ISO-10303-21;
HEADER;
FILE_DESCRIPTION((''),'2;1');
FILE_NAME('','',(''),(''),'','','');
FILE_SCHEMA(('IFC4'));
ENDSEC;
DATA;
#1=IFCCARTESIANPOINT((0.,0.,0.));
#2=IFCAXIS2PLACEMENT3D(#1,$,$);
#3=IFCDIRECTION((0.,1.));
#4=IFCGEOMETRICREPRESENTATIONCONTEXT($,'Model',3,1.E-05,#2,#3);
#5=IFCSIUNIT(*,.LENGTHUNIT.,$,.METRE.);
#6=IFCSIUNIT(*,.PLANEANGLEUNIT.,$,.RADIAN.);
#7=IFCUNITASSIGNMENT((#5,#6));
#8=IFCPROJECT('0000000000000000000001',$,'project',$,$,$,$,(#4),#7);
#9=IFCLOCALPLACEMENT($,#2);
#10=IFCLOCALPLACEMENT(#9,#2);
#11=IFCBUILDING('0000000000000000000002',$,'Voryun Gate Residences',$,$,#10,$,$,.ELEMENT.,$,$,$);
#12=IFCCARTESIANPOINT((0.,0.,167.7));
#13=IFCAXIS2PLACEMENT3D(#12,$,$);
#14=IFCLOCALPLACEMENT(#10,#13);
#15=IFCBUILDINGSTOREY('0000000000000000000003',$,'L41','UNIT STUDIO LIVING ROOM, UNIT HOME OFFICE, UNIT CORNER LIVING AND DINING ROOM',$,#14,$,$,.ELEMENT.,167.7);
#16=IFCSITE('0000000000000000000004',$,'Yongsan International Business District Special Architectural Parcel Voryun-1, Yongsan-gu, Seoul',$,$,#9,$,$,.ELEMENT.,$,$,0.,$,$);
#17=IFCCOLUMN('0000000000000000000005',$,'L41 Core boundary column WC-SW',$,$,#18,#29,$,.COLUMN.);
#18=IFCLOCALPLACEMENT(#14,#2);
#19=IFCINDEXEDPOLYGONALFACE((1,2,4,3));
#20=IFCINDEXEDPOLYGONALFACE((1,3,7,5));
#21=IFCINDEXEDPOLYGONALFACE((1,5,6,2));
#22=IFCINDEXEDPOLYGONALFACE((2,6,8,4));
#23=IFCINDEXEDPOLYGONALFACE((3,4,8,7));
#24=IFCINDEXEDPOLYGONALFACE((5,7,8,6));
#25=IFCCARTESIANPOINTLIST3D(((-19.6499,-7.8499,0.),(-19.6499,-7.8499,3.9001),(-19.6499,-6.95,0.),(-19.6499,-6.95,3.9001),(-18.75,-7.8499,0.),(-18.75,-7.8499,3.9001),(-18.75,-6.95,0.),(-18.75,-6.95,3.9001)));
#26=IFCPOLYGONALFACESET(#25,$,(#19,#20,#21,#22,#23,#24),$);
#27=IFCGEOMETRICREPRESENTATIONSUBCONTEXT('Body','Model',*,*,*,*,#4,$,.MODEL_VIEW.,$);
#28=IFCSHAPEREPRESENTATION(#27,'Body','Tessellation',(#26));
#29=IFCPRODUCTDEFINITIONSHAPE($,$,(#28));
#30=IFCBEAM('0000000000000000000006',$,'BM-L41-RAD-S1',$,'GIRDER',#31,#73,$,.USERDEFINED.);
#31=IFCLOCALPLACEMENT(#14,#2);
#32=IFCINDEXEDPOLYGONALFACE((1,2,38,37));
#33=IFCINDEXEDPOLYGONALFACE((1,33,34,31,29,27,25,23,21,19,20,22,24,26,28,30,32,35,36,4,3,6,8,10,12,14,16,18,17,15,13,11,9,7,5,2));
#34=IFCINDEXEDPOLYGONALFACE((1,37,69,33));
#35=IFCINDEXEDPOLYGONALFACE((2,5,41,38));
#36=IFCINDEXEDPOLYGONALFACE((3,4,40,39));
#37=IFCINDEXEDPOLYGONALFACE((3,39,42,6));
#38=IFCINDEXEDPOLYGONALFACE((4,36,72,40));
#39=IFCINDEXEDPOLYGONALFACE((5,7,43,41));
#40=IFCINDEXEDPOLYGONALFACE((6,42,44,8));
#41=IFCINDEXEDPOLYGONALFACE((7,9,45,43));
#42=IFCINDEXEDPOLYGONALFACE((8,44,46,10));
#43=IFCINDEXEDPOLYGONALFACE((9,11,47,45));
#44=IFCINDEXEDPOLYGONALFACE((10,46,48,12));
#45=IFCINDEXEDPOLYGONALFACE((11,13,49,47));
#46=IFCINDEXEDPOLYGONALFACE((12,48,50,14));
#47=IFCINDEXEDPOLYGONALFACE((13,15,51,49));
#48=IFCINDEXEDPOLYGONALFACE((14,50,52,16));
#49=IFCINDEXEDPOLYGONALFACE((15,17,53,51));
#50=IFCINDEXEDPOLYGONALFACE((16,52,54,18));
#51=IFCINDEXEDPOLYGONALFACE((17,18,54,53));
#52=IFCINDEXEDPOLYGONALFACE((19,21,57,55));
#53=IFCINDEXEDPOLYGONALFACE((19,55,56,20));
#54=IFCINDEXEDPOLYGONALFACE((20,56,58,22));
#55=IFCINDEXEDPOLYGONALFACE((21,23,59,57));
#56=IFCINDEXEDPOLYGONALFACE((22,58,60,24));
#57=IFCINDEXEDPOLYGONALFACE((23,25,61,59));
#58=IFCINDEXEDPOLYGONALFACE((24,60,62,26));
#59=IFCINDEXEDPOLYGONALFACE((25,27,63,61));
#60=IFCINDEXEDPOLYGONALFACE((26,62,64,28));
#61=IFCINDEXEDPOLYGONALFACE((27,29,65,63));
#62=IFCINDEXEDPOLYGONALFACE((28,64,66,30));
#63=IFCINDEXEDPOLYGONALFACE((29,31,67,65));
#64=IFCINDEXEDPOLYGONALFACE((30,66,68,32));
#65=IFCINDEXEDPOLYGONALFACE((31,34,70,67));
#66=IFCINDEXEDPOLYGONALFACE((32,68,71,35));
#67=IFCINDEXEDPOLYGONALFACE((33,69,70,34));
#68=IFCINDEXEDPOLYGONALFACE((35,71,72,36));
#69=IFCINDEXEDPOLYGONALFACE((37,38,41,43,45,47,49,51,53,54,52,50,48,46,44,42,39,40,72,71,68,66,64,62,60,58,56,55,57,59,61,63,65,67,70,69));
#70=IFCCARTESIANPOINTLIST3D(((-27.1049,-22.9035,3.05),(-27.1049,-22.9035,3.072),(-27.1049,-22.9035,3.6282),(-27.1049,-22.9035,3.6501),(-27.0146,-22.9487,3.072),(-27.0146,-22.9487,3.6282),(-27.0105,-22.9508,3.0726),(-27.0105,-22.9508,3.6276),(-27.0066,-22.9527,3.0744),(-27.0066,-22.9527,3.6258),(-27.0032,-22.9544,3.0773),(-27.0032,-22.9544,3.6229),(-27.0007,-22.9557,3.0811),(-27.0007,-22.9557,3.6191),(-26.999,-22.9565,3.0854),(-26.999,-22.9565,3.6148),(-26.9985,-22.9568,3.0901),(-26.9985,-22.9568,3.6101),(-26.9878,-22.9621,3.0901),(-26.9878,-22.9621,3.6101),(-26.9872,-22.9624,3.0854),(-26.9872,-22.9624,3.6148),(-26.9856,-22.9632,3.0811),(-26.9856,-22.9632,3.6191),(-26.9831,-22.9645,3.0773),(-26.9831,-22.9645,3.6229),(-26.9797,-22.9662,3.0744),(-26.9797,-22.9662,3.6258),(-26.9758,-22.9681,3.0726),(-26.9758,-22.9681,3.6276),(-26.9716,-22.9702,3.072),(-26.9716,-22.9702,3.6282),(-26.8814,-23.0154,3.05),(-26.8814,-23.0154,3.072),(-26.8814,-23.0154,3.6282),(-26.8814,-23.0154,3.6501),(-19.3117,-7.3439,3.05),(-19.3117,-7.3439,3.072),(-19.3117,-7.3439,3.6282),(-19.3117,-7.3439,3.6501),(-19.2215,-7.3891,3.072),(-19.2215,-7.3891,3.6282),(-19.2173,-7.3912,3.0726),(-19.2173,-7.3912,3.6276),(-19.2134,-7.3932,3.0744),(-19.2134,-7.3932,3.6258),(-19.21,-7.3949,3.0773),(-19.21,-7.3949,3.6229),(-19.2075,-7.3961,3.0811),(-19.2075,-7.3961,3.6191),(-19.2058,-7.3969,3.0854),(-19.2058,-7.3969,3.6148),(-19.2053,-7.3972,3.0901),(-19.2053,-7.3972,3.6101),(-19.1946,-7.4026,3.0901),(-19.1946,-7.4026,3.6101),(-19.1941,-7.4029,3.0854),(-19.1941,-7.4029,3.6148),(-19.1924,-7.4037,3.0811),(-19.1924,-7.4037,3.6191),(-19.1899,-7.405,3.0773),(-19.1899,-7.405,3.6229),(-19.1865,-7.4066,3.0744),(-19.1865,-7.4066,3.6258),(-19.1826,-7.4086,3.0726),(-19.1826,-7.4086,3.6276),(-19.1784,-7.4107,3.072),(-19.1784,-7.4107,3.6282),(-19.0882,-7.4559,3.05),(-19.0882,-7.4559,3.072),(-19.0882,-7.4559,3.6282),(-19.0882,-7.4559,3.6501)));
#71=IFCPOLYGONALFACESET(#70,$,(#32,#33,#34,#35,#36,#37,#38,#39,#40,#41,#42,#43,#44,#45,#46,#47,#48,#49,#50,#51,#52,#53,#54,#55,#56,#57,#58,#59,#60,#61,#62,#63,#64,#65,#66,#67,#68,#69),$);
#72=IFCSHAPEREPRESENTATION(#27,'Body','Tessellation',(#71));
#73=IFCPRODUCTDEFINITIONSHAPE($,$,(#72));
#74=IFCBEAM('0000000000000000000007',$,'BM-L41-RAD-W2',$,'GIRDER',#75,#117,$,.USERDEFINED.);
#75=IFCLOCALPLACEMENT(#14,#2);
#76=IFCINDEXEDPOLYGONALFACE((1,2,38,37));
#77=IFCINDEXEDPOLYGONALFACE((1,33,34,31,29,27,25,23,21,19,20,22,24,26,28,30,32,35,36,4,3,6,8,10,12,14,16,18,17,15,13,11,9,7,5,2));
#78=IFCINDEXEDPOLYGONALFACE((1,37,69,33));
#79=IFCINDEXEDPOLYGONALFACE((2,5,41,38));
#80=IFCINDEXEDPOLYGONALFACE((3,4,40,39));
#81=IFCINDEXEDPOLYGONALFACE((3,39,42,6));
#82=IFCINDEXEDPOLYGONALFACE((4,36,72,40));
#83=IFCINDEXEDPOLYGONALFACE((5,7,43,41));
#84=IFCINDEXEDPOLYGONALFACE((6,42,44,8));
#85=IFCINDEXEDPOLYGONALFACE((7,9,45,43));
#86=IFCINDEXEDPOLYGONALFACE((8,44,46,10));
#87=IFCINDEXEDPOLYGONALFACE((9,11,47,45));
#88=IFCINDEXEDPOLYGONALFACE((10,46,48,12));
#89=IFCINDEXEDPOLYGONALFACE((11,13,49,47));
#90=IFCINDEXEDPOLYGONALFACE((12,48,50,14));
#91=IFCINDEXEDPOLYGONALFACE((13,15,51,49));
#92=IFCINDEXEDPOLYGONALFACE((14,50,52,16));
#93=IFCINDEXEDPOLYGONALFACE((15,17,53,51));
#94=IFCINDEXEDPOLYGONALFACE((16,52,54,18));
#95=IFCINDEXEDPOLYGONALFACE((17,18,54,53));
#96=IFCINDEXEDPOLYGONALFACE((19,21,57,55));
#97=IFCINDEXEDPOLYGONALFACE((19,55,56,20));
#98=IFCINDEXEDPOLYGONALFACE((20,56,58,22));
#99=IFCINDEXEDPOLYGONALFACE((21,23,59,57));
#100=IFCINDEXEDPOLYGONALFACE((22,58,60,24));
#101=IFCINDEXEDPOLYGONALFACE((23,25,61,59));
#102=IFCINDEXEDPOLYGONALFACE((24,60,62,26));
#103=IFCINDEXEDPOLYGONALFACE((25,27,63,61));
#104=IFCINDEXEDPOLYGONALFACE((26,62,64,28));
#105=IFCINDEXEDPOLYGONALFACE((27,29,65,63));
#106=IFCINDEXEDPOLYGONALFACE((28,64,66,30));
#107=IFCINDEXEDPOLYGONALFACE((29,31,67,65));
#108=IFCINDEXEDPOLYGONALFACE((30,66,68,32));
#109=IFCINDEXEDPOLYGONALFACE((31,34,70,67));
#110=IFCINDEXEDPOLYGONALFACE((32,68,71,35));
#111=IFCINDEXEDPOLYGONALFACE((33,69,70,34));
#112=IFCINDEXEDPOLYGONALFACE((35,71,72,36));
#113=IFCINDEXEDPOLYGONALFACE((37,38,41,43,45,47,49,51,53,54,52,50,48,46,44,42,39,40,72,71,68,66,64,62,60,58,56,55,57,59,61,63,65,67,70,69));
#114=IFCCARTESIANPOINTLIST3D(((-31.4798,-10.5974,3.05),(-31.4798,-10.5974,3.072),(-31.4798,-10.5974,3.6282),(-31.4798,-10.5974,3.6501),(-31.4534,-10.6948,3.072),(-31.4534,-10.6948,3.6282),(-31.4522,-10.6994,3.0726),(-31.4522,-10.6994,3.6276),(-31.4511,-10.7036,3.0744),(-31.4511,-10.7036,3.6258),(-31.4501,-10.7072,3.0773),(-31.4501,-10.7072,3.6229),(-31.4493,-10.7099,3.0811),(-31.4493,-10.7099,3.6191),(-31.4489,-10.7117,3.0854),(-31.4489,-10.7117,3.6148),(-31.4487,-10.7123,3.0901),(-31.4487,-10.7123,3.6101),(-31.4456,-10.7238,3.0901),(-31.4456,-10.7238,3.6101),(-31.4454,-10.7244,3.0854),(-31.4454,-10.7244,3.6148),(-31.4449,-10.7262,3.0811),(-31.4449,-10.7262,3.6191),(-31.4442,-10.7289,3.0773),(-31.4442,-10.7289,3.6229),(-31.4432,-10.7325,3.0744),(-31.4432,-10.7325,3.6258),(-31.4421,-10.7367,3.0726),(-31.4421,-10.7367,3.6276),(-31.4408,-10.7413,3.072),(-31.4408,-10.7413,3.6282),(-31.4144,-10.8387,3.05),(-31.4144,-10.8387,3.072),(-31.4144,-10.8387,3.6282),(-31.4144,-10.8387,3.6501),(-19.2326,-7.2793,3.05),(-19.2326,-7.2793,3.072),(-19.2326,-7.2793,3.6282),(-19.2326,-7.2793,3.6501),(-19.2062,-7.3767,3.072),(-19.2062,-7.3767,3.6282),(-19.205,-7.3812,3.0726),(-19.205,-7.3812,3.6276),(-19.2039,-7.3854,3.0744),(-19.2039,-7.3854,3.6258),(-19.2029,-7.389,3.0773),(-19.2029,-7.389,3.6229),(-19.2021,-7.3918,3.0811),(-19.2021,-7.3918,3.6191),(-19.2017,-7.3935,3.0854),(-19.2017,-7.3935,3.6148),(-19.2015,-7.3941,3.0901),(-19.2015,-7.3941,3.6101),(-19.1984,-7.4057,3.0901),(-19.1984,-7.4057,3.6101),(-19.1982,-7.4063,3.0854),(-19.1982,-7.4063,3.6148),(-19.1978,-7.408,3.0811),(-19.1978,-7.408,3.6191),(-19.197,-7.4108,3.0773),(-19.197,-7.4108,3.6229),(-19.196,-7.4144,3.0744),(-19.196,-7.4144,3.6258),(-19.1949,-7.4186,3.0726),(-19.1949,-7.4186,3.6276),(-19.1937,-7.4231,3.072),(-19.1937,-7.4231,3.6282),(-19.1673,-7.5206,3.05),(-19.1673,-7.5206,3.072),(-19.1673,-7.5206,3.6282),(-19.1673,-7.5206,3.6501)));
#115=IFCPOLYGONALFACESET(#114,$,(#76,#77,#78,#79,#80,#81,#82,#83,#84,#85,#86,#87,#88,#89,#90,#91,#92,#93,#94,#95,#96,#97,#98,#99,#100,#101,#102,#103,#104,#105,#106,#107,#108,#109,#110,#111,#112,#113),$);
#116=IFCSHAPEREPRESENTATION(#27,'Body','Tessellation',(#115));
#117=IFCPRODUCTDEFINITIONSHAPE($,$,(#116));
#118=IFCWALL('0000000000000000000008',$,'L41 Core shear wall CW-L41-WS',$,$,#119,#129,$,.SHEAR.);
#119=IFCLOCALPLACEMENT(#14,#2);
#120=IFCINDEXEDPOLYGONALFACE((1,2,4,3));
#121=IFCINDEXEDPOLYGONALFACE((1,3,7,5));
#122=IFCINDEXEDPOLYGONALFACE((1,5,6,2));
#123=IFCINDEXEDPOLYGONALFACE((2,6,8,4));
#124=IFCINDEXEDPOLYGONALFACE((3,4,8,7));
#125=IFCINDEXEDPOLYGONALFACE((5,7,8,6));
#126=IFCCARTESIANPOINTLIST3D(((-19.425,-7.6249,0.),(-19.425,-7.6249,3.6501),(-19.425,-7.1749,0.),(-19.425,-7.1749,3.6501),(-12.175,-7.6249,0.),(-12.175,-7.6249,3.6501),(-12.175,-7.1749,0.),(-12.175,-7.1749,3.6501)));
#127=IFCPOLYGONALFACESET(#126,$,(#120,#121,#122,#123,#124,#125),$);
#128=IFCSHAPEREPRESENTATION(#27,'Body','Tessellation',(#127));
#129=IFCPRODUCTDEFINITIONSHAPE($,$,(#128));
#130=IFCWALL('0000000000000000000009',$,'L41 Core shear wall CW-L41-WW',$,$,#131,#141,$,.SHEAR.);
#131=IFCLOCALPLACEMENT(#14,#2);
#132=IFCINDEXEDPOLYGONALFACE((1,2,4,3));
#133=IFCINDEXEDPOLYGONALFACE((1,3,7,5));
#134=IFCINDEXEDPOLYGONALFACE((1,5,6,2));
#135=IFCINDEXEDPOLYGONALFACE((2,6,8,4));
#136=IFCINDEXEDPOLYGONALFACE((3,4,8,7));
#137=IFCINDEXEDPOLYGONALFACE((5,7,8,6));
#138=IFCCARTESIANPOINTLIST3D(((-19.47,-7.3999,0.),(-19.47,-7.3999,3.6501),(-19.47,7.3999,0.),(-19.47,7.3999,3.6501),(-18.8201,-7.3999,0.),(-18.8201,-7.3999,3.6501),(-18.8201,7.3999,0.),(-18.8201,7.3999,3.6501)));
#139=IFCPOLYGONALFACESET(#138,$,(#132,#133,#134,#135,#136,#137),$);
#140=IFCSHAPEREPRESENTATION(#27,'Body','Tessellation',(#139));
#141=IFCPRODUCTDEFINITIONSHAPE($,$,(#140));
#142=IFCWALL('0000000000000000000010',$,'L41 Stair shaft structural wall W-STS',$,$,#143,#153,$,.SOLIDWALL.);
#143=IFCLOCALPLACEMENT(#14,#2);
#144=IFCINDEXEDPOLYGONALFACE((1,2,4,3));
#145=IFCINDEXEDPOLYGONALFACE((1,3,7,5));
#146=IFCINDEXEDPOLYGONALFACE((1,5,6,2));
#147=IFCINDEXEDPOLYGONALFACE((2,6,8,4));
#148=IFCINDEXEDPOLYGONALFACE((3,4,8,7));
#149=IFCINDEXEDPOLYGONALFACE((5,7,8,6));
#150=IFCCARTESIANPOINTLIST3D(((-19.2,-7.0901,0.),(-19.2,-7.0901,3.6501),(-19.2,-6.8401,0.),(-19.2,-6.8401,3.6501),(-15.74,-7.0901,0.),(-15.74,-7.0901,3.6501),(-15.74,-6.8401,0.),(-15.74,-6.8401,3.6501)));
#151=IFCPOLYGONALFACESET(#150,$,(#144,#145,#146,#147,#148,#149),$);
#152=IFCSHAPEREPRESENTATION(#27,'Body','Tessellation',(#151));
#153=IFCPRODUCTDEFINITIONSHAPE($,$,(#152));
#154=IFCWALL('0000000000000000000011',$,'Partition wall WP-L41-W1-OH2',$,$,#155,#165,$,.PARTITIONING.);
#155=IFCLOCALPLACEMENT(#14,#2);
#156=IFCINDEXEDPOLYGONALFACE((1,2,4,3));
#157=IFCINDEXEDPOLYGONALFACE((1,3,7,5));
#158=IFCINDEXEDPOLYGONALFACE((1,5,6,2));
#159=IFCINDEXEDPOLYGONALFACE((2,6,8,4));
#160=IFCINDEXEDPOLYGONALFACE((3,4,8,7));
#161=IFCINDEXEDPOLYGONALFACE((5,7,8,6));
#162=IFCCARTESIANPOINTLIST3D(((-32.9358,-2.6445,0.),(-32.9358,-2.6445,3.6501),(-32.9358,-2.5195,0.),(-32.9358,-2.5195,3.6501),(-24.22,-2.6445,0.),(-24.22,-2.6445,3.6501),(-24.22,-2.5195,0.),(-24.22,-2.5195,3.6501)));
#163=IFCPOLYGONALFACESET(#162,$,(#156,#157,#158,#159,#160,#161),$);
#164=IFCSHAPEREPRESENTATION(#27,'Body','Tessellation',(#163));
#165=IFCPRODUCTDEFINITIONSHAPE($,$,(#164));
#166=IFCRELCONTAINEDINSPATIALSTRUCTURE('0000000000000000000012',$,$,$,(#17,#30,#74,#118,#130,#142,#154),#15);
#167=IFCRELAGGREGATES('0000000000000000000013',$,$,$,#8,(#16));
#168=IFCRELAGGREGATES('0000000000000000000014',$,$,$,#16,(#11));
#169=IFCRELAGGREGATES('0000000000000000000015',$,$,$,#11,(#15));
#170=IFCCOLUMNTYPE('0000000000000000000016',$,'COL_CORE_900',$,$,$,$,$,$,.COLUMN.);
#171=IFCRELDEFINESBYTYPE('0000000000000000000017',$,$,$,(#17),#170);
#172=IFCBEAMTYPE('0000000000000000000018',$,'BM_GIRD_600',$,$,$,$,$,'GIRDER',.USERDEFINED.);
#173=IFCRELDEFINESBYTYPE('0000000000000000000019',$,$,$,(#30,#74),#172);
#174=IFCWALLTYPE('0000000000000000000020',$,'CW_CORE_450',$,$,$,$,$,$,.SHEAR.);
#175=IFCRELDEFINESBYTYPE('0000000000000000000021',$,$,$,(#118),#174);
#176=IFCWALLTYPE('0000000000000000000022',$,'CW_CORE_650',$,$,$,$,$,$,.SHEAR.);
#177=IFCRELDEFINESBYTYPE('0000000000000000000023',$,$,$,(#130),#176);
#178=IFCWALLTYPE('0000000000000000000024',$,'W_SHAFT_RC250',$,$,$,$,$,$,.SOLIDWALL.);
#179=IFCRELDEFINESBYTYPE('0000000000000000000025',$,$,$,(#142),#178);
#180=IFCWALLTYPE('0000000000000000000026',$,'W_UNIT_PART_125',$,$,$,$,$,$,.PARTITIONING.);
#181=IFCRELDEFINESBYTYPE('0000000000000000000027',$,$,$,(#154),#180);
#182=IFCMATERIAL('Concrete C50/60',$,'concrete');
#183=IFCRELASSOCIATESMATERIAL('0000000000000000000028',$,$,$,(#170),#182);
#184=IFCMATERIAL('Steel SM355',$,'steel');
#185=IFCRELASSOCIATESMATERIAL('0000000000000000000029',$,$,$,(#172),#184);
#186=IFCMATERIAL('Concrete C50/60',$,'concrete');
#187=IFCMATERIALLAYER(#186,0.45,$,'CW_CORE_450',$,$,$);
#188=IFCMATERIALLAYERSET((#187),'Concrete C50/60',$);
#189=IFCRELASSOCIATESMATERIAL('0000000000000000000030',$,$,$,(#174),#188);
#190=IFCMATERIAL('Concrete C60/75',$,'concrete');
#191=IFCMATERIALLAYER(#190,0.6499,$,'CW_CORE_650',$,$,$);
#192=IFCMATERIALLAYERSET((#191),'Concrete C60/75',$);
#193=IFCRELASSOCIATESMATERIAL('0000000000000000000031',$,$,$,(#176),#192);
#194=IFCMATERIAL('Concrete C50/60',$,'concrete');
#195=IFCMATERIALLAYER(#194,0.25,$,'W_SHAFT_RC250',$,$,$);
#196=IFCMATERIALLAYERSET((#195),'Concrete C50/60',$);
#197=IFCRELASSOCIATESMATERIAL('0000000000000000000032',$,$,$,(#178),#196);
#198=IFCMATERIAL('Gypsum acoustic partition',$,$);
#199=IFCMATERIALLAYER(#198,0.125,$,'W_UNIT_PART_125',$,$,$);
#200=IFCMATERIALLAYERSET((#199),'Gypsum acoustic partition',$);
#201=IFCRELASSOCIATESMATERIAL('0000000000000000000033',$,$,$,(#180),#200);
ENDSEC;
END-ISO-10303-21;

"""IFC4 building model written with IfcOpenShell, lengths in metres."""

from ifc_helpers import new_model, si_unit, direction, frame, frame_2d, origin, origin_2d, place, context, subcontext, project, spatial, rectangle, i_section, extrude, material, layer, layer_set, material_profile, profile_set, type_object, element, save


model = new_model("IFC4")

# Units and contexts
model_context = context("Model", 3, precision=1e-05, world=origin(), true_north=direction((0.0, 1.0)))
body_context = subcontext(model_context, "Body", "Model", "MODEL_VIEW")
ifc_project = project(units=[si_unit("LENGTHUNIT", "METRE"), si_unit("PLANEANGLEUNIT", "RADIAN")], contexts=[model_context])

# Site, building, storey
site_placement = place(None, origin())
site = spatial("IfcSite", under=ifc_project, at=site_placement, Name="Yongsan International Business District Special Architectural Parcel Voryun-1, Yongsan-gu, Seoul", CompositionType="ELEMENT", RefElevation=0.0)
building_placement = place(site_placement, origin())
building = spatial("IfcBuilding", under=site, at=building_placement, Name="Voryun Gate Residences", CompositionType="ELEMENT")
storey_placement = place(building_placement, frame((0.0, 0.0, 167.7)))
storey = spatial("IfcBuildingStorey", under=building, at=storey_placement, Name="L41", Description="UNIT STUDIO LIVING ROOM, UNIT HOME OFFICE, UNIT CORNER LIVING AND DINING ROOM", CompositionType="ELEMENT", Elevation=167.7)

# Column
ifc_material_1 = material(Name="Concrete C50/60", Category="concrete")
ifc_material_profile_1 = material_profile(ifc_material_1, rectangle(XDim=0.8999, YDim=0.8999, at=origin_2d()), Name="RC-900x900")
ifc_profile_set_1 = profile_set([ifc_material_profile_1], Name="Concrete C50/60")
column_type = type_object("IfcColumnType", Name="COL_CORE_900", PredefinedType="COLUMN", material=ifc_profile_set_1)
column_placement = place(storey_placement, frame((-19.2, -7.3999, 0.0), z_axis=(0.0, 0.0, 1.0), x_axis=(1.0, 0.0, 0.0)))
element("IfcColumn", 1, at=column_placement, inside=storey, type_object=column_type, Name="L41 Core boundary column WC-SW", PredefinedType="COLUMN", context=body_context, shape_type="SweptSolid", body=[
    extrude(rectangle(XDim=0.8999, YDim=0.8999, at=origin_2d()), origin(), (0.0, 0.0, 1.0), 3.9001),
])

# Beams
ifc_material_2 = material(Name="Steel SM355", Category="steel")
ifc_material_profile_2 = material_profile(ifc_material_2, i_section(OverallWidth=0.25, OverallDepth=0.6001, WebThickness=0.012, FlangeThickness=0.022, FilletRadius=0.0181, at=origin_2d()), Name="H-600x250x12x22")
ifc_profile_set_2 = profile_set([ifc_material_profile_2], Name="Steel SM355")
beam_type = type_object("IfcBeamType", Name="BM_GIRD_600", ElementType="GIRDER", PredefinedType="USERDEFINED", material=ifc_profile_set_2)
beam_1_placement = place(storey_placement, frame((-19.2, -7.3999, 3.3501), z_axis=(-0.447831, -0.894118, 0.0), x_axis=(0.894118, -0.447831, 0.0)))
element("IfcBeam", 2, at=beam_1_placement, inside=storey, type_object=beam_type, Name="BM-L41-RAD-S1", ObjectType="GIRDER", PredefinedType="USERDEFINED", context=body_context, shape_type="SweptSolid", body=[
    extrude(i_section(OverallWidth=0.25, OverallDepth=0.6001, WebThickness=0.012, FlangeThickness=0.022, FilletRadius=0.0181, at=origin_2d()), origin(), (0.0, 0.0, 1.0), 17.4021),
])
beam_2_placement = place(storey_placement, frame((-19.2, -7.3999, 3.3501), z_axis=(-0.965202, -0.261504, 0.0), x_axis=(0.261504, -0.965202, 0.0)))
element("IfcBeam", 3, at=beam_2_placement, inside=storey, type_object=beam_type, Name="BM-L41-RAD-W2", ObjectType="GIRDER", PredefinedType="USERDEFINED", context=body_context, shape_type="SweptSolid", body=[
    extrude(i_section(OverallWidth=0.25, OverallDepth=0.6001, WebThickness=0.012, FlangeThickness=0.022, FilletRadius=0.0181, at=origin_2d()), origin(), (0.0, 0.0, 1.0), 12.6887),
])

# Walls
ifc_material_3 = material(Name="Concrete C50/60", Category="concrete")
ifc_layer_1 = layer(ifc_material_3, 0.45, Name="CW_CORE_450")
ifc_layer_set_1 = layer_set([ifc_layer_1], Name="Concrete C50/60")
wall_type_1 = type_object("IfcWallType", Name="CW_CORE_450", PredefinedType="SHEAR", material=ifc_layer_set_1)
wall_1_placement = place(storey_placement, frame((-19.425, -7.3999, 0.0), z_axis=(0.0, 0.0, 1.0), x_axis=(1.0, 0.0, 0.0)))
element("IfcWall", 4, at=wall_1_placement, inside=storey, type_object=wall_type_1, Name="L41 Core shear wall CW-L41-WS", PredefinedType="SHEAR", context=body_context, shape_type="SweptSolid", body=[
    extrude(rectangle(XDim=7.25, YDim=0.45, at=frame_2d((3.625, 0.0))), origin(), (0.0, 0.0, 1.0), 3.6501),
])
ifc_material_4 = material(Name="Concrete C60/75", Category="concrete")
ifc_layer_2 = layer(ifc_material_4, 0.6499, Name="CW_CORE_650")
ifc_layer_set_2 = layer_set([ifc_layer_2], Name="Concrete C60/75")
wall_type_2 = type_object("IfcWallType", Name="CW_CORE_650", PredefinedType="SHEAR", material=ifc_layer_set_2)
wall_2_placement = place(storey_placement, frame((-19.145, -7.3999, 0.0), z_axis=(0.0, 0.0, 1.0), x_axis=(0.0, 1.0, 0.0)))
element("IfcWall", 5, at=wall_2_placement, inside=storey, type_object=wall_type_2, Name="L41 Core shear wall CW-L41-WW", PredefinedType="SHEAR", context=body_context, shape_type="SweptSolid", body=[
    extrude(rectangle(XDim=14.7998, YDim=0.6499, at=frame_2d((7.3999, 0.0))), origin(), (0.0, 0.0, 1.0), 3.6501),
])
ifc_material_5 = material(Name="Concrete C50/60", Category="concrete")
ifc_layer_3 = layer(ifc_material_5, 0.25, Name="W_SHAFT_RC250")
ifc_layer_set_3 = layer_set([ifc_layer_3], Name="Concrete C50/60")
wall_type_3 = type_object("IfcWallType", Name="W_SHAFT_RC250", PredefinedType="SOLIDWALL", material=ifc_layer_set_3)
wall_3_placement = place(storey_placement, frame((-19.2, -6.9651, 0.0), z_axis=(0.0, 0.0, 1.0), x_axis=(1.0, 0.0, 0.0)))
element("IfcWall", 6, at=wall_3_placement, inside=storey, type_object=wall_type_3, Name="L41 Stair shaft structural wall W-STS", PredefinedType="SOLIDWALL", context=body_context, shape_type="SweptSolid", body=[
    extrude(rectangle(XDim=3.46, YDim=0.25, at=frame_2d((1.73, 0.0))), origin(), (0.0, 0.0, 1.0), 3.6501),
])
ifc_material_6 = material(Name="Gypsum acoustic partition")
ifc_layer_4 = layer(ifc_material_6, 0.125, Name="W_UNIT_PART_125")
ifc_layer_set_4 = layer_set([ifc_layer_4], Name="Gypsum acoustic partition")
wall_type_4 = type_object("IfcWallType", Name="W_UNIT_PART_125", PredefinedType="PARTITIONING", material=ifc_layer_set_4)
wall_4_placement = place(storey_placement, frame((-32.9358, -2.582, 0.0), z_axis=(0.0, 0.0, 1.0), x_axis=(1.0, 0.0, 0.0)))
element("IfcWall", 7, at=wall_4_placement, inside=storey, type_object=wall_type_4, Name="Partition wall WP-L41-W1-OH2", PredefinedType="PARTITIONING", context=body_context, shape_type="SweptSolid", body=[
    extrude(rectangle(XDim=8.7158, YDim=0.125, at=frame_2d((4.3579, 0.0))), origin(), (0.0, 0.0, 1.0), 3.6501),
])

save(model, "model.ifc")
